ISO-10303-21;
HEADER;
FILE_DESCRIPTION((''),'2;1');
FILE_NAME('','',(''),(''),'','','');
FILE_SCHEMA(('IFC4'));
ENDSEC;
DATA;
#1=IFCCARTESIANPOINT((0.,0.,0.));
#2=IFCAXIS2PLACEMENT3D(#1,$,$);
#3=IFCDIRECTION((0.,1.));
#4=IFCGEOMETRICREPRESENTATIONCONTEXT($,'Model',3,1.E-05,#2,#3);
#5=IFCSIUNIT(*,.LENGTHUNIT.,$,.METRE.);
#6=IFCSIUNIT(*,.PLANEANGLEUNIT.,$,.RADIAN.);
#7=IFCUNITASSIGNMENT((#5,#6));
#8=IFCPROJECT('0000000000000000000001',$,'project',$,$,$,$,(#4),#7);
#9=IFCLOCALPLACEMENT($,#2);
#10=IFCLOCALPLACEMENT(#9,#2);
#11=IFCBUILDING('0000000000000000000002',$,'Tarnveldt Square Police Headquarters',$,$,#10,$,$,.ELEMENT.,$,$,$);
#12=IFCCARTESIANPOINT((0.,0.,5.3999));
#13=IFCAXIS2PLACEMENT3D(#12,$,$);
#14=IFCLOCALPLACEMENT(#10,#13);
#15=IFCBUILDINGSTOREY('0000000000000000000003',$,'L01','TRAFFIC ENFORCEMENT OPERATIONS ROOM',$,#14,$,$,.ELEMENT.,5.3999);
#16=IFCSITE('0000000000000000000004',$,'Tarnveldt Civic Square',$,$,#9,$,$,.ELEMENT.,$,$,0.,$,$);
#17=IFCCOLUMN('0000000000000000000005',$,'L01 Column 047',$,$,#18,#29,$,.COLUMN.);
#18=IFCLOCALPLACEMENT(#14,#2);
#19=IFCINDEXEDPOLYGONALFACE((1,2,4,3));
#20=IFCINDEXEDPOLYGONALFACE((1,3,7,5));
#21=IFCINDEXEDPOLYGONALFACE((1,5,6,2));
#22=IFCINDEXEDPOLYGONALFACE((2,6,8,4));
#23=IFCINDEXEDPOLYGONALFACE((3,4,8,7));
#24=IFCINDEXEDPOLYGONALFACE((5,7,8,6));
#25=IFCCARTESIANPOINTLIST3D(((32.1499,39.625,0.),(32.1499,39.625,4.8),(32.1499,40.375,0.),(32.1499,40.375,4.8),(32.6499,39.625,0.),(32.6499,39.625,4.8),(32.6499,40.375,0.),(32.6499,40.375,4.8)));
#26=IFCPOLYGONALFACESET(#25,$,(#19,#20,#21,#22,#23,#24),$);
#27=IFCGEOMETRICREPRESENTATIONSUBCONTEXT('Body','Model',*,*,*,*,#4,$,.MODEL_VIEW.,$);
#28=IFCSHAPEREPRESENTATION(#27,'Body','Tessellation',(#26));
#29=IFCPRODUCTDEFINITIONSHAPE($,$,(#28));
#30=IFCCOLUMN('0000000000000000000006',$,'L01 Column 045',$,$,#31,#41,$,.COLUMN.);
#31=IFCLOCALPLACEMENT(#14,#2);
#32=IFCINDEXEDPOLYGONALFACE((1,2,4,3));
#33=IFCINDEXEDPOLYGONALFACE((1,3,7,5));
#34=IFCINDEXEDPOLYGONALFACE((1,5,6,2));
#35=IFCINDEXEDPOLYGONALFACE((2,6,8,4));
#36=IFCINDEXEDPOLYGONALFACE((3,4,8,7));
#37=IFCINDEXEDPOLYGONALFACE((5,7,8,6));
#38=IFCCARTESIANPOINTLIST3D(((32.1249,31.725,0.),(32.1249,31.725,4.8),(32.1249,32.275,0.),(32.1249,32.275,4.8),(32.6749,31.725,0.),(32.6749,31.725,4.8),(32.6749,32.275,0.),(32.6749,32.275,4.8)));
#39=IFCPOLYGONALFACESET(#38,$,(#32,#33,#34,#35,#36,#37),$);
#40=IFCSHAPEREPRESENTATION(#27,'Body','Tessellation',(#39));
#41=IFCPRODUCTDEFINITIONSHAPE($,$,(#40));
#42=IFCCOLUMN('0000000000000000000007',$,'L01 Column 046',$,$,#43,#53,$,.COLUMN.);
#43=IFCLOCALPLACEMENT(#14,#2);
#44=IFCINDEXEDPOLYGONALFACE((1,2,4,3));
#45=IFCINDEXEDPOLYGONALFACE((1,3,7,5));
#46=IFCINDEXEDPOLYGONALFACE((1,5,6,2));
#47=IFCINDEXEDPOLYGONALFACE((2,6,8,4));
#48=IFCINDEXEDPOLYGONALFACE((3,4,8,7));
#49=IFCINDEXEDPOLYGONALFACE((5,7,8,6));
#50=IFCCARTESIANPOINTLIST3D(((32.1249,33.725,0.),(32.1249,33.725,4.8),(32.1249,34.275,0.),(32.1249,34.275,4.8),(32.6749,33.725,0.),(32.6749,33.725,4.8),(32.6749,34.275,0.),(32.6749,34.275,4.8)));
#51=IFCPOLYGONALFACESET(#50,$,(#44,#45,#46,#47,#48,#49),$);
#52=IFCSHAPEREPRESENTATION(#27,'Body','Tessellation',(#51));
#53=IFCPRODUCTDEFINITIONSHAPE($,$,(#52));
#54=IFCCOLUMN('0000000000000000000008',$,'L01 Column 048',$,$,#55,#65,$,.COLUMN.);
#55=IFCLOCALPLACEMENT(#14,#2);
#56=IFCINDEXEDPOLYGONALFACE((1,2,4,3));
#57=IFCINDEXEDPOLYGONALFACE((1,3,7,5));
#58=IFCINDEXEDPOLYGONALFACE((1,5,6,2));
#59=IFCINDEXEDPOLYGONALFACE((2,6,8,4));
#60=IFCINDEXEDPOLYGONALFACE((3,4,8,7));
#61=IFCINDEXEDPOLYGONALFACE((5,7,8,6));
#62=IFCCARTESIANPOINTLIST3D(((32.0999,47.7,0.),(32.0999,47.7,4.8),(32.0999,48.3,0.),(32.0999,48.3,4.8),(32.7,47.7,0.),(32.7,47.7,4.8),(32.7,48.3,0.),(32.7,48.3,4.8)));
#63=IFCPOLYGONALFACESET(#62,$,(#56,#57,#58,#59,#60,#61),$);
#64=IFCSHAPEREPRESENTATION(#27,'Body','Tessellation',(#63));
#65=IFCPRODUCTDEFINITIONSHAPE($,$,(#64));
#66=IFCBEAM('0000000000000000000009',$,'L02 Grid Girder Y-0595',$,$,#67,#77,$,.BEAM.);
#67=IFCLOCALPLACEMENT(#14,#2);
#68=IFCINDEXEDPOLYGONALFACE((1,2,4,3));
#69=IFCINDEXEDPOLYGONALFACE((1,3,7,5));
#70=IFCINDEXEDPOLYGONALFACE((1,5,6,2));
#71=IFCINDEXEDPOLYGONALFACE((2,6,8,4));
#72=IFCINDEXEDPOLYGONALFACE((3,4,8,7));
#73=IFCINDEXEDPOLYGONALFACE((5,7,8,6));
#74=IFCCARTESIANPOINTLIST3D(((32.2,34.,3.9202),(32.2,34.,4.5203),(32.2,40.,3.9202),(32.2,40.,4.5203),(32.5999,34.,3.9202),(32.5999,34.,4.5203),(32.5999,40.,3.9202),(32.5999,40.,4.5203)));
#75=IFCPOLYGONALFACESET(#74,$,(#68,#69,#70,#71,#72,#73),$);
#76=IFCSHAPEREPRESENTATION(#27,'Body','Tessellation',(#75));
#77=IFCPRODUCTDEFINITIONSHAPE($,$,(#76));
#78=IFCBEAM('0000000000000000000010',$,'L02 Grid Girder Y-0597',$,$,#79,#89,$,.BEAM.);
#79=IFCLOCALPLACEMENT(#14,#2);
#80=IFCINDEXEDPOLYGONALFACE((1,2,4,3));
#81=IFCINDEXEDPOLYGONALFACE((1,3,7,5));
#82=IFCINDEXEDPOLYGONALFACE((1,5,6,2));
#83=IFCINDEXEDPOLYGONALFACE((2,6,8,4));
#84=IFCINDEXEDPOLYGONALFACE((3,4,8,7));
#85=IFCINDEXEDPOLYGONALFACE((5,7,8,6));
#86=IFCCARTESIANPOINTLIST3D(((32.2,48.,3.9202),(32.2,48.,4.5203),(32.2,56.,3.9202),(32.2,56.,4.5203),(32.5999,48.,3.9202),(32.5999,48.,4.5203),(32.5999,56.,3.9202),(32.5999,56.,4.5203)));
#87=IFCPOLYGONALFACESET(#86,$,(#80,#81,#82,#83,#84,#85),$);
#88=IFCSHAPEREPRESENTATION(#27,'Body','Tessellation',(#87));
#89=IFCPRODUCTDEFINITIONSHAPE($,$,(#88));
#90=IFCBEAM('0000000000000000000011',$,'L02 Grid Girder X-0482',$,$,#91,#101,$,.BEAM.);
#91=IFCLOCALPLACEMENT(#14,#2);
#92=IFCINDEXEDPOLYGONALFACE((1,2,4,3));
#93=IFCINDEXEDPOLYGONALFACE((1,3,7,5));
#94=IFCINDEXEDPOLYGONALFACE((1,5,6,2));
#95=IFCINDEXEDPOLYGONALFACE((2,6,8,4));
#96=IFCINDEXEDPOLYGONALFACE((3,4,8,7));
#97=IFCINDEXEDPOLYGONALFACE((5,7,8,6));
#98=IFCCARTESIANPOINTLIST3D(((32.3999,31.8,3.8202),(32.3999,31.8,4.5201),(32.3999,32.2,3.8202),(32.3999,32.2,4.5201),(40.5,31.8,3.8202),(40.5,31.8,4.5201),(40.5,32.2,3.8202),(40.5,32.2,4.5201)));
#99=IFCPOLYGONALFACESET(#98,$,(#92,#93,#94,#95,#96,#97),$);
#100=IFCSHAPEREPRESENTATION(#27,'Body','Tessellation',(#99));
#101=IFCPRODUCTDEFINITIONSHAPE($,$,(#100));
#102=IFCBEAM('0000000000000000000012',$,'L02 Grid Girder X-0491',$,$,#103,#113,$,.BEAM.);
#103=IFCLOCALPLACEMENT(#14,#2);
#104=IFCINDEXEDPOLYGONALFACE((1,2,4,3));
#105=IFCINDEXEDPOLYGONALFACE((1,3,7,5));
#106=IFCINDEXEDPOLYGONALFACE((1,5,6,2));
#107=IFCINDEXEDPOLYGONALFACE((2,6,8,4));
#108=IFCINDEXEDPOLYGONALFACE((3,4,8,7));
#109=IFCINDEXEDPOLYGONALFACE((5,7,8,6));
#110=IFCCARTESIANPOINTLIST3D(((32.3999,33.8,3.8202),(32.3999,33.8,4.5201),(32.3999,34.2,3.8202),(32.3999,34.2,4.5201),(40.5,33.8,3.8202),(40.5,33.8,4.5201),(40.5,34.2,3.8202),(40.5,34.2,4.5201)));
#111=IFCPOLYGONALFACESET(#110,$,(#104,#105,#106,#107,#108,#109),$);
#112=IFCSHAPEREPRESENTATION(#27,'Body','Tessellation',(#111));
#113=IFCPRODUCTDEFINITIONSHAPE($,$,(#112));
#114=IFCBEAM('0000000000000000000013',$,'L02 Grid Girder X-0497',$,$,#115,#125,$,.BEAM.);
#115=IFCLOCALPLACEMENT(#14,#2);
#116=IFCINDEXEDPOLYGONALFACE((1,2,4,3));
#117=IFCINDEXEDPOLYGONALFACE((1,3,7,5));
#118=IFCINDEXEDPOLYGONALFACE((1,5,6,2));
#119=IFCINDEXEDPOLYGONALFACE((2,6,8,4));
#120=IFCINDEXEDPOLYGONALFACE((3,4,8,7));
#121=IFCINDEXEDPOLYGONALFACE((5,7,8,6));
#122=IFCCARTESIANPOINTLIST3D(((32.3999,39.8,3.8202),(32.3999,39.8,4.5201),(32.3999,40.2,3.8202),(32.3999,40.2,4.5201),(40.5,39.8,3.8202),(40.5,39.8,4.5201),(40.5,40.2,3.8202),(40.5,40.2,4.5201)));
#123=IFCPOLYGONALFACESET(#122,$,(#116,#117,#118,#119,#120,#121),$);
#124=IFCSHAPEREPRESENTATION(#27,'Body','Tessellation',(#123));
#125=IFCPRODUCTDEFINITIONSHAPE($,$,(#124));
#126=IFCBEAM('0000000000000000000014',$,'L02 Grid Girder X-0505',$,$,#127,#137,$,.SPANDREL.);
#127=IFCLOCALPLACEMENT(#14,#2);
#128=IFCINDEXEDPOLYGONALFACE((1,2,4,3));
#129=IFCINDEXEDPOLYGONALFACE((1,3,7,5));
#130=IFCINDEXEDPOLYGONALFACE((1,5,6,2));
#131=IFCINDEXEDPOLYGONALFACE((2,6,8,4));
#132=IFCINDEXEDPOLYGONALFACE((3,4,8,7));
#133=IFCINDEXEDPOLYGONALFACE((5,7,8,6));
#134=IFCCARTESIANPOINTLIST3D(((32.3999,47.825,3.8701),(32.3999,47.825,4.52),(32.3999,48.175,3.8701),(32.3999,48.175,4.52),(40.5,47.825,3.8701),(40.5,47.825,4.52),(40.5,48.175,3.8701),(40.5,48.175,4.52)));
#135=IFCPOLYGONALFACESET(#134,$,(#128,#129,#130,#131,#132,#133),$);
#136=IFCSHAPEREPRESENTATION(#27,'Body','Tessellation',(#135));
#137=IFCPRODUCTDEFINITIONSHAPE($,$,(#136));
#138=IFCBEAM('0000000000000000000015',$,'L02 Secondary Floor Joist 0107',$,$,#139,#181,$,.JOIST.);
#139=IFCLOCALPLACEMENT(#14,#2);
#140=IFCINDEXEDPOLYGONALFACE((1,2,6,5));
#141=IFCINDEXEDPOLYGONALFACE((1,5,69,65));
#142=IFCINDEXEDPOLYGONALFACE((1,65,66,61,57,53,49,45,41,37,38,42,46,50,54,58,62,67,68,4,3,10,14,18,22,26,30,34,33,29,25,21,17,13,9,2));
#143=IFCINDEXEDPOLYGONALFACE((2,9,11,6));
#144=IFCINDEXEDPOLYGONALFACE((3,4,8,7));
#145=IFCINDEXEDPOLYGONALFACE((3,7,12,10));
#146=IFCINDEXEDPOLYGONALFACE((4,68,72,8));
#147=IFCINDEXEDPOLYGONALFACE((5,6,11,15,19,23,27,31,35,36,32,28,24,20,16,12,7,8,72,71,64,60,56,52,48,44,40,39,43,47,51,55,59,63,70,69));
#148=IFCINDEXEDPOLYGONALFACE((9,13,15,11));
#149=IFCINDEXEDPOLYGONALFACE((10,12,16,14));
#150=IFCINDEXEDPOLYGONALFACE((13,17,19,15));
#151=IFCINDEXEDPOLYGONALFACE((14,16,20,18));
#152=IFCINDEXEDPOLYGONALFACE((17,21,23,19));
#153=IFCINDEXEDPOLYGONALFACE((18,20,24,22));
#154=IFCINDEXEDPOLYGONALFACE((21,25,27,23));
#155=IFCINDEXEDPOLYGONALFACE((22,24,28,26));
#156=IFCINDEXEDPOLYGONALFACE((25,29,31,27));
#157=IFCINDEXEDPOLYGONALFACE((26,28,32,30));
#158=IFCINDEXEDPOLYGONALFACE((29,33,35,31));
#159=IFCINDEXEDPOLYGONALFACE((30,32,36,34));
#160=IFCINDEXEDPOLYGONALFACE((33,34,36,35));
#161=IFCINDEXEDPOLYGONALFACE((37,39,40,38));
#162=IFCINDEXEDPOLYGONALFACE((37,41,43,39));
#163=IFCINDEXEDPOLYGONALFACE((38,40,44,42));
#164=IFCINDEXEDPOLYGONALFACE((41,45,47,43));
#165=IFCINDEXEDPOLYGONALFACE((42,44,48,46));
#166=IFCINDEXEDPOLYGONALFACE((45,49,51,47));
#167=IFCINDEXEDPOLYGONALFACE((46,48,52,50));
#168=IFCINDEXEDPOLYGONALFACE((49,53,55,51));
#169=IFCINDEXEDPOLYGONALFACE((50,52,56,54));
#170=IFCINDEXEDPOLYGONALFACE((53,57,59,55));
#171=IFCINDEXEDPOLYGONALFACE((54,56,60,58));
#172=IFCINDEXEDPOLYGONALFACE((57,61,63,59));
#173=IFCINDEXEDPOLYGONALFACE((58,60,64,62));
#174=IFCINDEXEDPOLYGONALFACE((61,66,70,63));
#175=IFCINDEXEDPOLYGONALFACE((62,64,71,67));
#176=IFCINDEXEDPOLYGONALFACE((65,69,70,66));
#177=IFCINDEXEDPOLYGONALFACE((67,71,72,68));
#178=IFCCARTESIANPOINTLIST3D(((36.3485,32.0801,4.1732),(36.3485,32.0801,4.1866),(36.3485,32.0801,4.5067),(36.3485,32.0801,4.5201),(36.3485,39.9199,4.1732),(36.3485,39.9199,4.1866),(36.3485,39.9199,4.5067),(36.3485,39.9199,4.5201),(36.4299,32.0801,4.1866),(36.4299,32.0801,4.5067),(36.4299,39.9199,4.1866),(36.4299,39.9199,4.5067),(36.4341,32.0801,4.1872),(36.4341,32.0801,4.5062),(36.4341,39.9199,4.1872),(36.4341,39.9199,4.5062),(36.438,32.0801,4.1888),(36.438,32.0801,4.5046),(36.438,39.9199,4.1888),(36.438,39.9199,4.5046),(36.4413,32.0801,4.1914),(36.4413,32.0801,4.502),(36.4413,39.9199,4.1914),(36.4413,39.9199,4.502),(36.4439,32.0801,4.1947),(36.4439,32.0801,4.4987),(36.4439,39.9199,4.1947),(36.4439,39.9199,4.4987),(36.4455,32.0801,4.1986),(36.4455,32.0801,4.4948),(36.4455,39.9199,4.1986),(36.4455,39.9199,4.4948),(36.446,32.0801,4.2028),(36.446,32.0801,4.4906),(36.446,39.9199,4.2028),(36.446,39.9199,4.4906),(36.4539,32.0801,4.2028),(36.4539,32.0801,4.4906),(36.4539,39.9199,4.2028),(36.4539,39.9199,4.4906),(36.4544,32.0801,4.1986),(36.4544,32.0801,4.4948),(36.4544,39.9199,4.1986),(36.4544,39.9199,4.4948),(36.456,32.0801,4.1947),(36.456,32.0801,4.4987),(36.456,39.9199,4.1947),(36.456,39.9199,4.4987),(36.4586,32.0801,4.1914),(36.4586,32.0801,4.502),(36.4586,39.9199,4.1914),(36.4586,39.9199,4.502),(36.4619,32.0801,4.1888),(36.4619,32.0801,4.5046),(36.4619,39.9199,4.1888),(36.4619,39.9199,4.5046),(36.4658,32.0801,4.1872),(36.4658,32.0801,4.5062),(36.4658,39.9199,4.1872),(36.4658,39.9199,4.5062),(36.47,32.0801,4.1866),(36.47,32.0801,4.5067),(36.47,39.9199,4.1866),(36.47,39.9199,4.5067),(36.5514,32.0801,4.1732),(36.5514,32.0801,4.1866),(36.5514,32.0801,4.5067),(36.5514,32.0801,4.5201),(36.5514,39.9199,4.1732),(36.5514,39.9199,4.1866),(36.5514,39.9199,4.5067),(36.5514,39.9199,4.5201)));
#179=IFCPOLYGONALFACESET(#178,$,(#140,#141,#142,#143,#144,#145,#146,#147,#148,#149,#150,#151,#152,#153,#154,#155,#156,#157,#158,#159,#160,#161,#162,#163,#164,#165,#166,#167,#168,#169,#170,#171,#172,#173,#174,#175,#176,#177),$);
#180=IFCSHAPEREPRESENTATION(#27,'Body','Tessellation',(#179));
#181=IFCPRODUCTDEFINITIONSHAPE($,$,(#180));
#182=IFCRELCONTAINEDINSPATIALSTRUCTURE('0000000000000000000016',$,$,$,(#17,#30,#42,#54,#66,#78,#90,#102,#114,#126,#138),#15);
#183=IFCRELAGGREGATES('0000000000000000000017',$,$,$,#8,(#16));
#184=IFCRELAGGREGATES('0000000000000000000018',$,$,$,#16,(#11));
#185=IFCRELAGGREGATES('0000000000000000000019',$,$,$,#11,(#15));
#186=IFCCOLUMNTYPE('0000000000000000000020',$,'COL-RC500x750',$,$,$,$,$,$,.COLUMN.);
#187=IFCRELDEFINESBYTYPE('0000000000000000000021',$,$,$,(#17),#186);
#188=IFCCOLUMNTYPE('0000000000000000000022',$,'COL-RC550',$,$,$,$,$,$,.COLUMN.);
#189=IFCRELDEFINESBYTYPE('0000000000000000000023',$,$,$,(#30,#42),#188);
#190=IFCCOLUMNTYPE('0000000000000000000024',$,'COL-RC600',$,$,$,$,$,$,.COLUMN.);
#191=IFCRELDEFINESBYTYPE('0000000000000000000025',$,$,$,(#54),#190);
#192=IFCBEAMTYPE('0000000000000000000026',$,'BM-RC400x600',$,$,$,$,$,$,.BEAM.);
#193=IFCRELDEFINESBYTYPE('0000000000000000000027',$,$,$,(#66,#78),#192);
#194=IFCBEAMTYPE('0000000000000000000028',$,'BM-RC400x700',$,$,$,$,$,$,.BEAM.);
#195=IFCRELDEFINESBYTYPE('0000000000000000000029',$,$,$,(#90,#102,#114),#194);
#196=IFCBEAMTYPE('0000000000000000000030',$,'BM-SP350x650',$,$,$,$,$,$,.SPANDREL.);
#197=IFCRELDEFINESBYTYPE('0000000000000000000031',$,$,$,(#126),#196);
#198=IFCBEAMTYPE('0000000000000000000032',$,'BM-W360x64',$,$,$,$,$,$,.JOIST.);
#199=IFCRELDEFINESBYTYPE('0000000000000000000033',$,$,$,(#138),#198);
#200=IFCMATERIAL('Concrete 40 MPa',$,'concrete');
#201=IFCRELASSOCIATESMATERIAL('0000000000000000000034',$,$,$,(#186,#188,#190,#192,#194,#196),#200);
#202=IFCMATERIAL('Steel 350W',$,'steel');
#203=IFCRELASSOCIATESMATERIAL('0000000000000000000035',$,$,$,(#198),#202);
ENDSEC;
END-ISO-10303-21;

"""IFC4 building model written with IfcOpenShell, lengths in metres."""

from ifc_helpers import new_model, si_unit, direction, frame, origin, origin_2d, place, context, subcontext, project, spatial, rectangle, i_section, extrude, material, material_profile, profile_set, type_object, element, save


model = new_model("IFC4")

# Units and contexts
model_context = context("Model", 3, precision=1e-05, world=origin(), true_north=direction((0.0, 1.0)))
body_context = subcontext(model_context, "Body", "Model", "MODEL_VIEW")
ifc_project = project(units=[si_unit("LENGTHUNIT", "METRE"), si_unit("PLANEANGLEUNIT", "RADIAN")], contexts=[model_context])

# Site, building, storey
site_placement = place(None, origin())
site = spatial("IfcSite", under=ifc_project, at=site_placement, Name="Tarnveldt Civic Square", CompositionType="ELEMENT", RefElevation=0.0)
building_placement = place(site_placement, origin())
building = spatial("IfcBuilding", under=site, at=building_placement, Name="Tarnveldt Square Police Headquarters", CompositionType="ELEMENT")
storey_placement = place(building_placement, frame((0.0, 0.0, 5.3999)))
storey = spatial("IfcBuildingStorey", under=building, at=storey_placement, Name="L01", Description="TRAFFIC ENFORCEMENT OPERATIONS ROOM", CompositionType="ELEMENT", Elevation=5.3999)

# Columns
ifc_material_1 = material(Name="Concrete 40 MPa", Category="concrete")
ifc_material_profile_1 = material_profile(ifc_material_1, rectangle(XDim=0.5, YDim=0.75, at=origin_2d()), Name="RC-C500x750")
ifc_profile_set_1 = profile_set([ifc_material_profile_1], Name="Concrete 40 MPa")
column_type_1 = type_object("IfcColumnType", Name="COL-RC500x750", PredefinedType="COLUMN", material=ifc_profile_set_1)
column_1_placement = place(storey_placement, frame((32.3999, 40.0, 0.0), z_axis=(0.0, 0.0, 1.0), x_axis=(1.0, 0.0, 0.0)))
element("IfcColumn", 1, at=column_1_placement, inside=storey, type_object=column_type_1, Name="L01 Column 047", PredefinedType="COLUMN", context=body_context, shape_type="SweptSolid", body=[
    extrude(rectangle(XDim=0.5, YDim=0.75, at=origin_2d()), origin(), (0.0, 0.0, 1.0), 4.8),
])
ifc_material_profile_2 = material_profile(ifc_material_1, rectangle(XDim=0.55, YDim=0.55, at=origin_2d()), Name="RC-C550x550")
ifc_profile_set_2 = profile_set([ifc_material_profile_2], Name="Concrete 40 MPa")
column_type_2 = type_object("IfcColumnType", Name="COL-RC550", PredefinedType="COLUMN", material=ifc_profile_set_2)
for number, where, z_axis, x_axis, name in (
    (2, (32.3999, 32.0, 0.0), (0.0, 0.0, 1.0), (1.0, 0.0, 0.0), "L01 Column 045"),
    (3, (32.3999, 34.0, 0.0), (0.0, 0.0, 1.0), (1.0, 0.0, 0.0), "L01 Column 046"),
):
    element("IfcColumn", number, at=place(storey_placement, frame(where, z_axis=z_axis, x_axis=x_axis)), inside=storey, type_object=column_type_2, Name=name, PredefinedType="COLUMN", context=body_context, shape_type="SweptSolid", body=[
        extrude(rectangle(XDim=0.55, YDim=0.55, at=origin_2d()), origin(), (0.0, 0.0, 1.0), 4.8),
    ])
ifc_material_profile_3 = material_profile(ifc_material_1, rectangle(XDim=0.6001, YDim=0.6001, at=origin_2d()), Name="RC-C600x600")
ifc_profile_set_3 = profile_set([ifc_material_profile_3], Name="Concrete 40 MPa")
column_type_3 = type_object("IfcColumnType", Name="COL-RC600", PredefinedType="COLUMN", material=ifc_profile_set_3)
column_2_placement = place(storey_placement, frame((32.3999, 48.0, 0.0), z_axis=(0.0, 0.0, 1.0), x_axis=(1.0, 0.0, 0.0)))
element("IfcColumn", 4, at=column_2_placement, inside=storey, type_object=column_type_3, Name="L01 Column 048", PredefinedType="COLUMN", context=body_context, shape_type="SweptSolid", body=[
    extrude(rectangle(XDim=0.6001, YDim=0.6001, at=origin_2d()), origin(), (0.0, 0.0, 1.0), 4.8),
])

# Beams
ifc_material_profile_4 = material_profile(ifc_material_1, rectangle(XDim=0.3999, YDim=0.6001, at=origin_2d()), Name="RC-B400x600")
ifc_profile_set_4 = profile_set([ifc_material_profile_4], Name="Concrete 40 MPa")
beam_type_1 = type_object("IfcBeamType", Name="BM-RC400x600", PredefinedType="BEAM", material=ifc_profile_set_4)
beam_1_placement = place(storey_placement, frame((32.3999, 34.0, 4.2202), z_axis=(0.0, 1.0, 0.0), x_axis=(-1.0, 0.0, 0.0)))
element("IfcBeam", 5, at=beam_1_placement, inside=storey, type_object=beam_type_1, Name="L02 Grid Girder Y-0595", PredefinedType="BEAM", context=body_context, shape_type="SweptSolid", body=[
    extrude(rectangle(XDim=0.3999, YDim=0.6001, at=origin_2d()), origin(), (0.0, 0.0, 1.0), 6.0),
])
beam_2_placement = place(storey_placement, frame((32.3999, 48.0, 4.2202), z_axis=(0.0, 1.0, 0.0), x_axis=(-1.0, 0.0, 0.0)))
element("IfcBeam", 6, at=beam_2_placement, inside=storey, type_object=beam_type_1, Name="L02 Grid Girder Y-0597", PredefinedType="BEAM", context=body_context, shape_type="SweptSolid", body=[
    extrude(rectangle(XDim=0.3999, YDim=0.6001, at=origin_2d()), origin(), (0.0, 0.0, 1.0), 8.0),
])
ifc_material_profile_5 = material_profile(ifc_material_1, rectangle(XDim=0.3999, YDim=0.7, at=origin_2d()), Name="RC-B400x700")
ifc_profile_set_5 = profile_set([ifc_material_profile_5], Name="Concrete 40 MPa")
beam_type_2 = type_object("IfcBeamType", Name="BM-RC400x700", PredefinedType="BEAM", material=ifc_profile_set_5)
for number, where, z_axis, x_axis, name in (
    (7, (32.3999, 32.0, 4.1702), (1.0, 0.0, 0.0), (0.0, 1.0, 0.0), "L02 Grid Girder X-0482"),
    (8, (32.3999, 34.0, 4.1702), (1.0, 0.0, 0.0), (0.0, 1.0, 0.0), "L02 Grid Girder X-0491"),
    (9, (32.3999, 40.0, 4.1702), (1.0, 0.0, 0.0), (0.0, 1.0, 0.0), "L02 Grid Girder X-0497"),
):
    element("IfcBeam", number, at=place(storey_placement, frame(where, z_axis=z_axis, x_axis=x_axis)), inside=storey, type_object=beam_type_2, Name=name, PredefinedType="BEAM", context=body_context, shape_type="SweptSolid", body=[
        extrude(rectangle(XDim=0.3999, YDim=0.7, at=origin_2d()), origin(), (0.0, 0.0, 1.0), 8.1001),
    ])
ifc_material_profile_6 = material_profile(ifc_material_1, rectangle(XDim=0.3501, YDim=0.6499, at=origin_2d()), Name="RC-SP350x650")
ifc_profile_set_6 = profile_set([ifc_material_profile_6], Name="Concrete 40 MPa")
beam_type_3 = type_object("IfcBeamType", Name="BM-SP350x650", PredefinedType="SPANDREL", material=ifc_profile_set_6)
beam_3_placement = place(storey_placement, frame((32.3999, 48.0, 4.1951), z_axis=(1.0, 0.0, 0.0), x_axis=(0.0, 1.0, 0.0)))
element("IfcBeam", 10, at=beam_3_placement, inside=storey, type_object=beam_type_3, Name="L02 Grid Girder X-0505", PredefinedType="SPANDREL", context=body_context, shape_type="SweptSolid", body=[
    extrude(rectangle(XDim=0.3501, YDim=0.6499, at=origin_2d()), origin(), (0.0, 0.0, 1.0), 8.1001),
])
ifc_material_2 = material(Name="Steel 350W", Category="steel")
ifc_material_profile_7 = material_profile(ifc_material_2, i_section(OverallWidth=0.2029, OverallDepth=0.3469, WebThickness=0.0078, FlangeThickness=0.0134, FilletRadius=0.0161, at=origin_2d()), Name="W360x64")
ifc_profile_set_7 = profile_set([ifc_material_profile_7], Name="Steel 350W")
beam_type_4 = type_object("IfcBeamType", Name="BM-W360x64", PredefinedType="JOIST", material=ifc_profile_set_7)
beam_4_placement = place(storey_placement, frame((36.45, 32.0801, 4.3467), z_axis=(0.0, 1.0, 0.0), x_axis=(-1.0, 0.0, 0.0)))
element("IfcBeam", 11, at=beam_4_placement, inside=storey, type_object=beam_type_4, Name="L02 Secondary Floor Joist 0107", PredefinedType="JOIST", context=body_context, shape_type="SweptSolid", body=[
    extrude(i_section(OverallWidth=0.2029, OverallDepth=0.3469, WebThickness=0.0078, FlangeThickness=0.0134, FilletRadius=0.0161, at=origin_2d()), origin(), (0.0, 0.0, 1.0), 7.8398),
])

save(model, "model.ifc")
